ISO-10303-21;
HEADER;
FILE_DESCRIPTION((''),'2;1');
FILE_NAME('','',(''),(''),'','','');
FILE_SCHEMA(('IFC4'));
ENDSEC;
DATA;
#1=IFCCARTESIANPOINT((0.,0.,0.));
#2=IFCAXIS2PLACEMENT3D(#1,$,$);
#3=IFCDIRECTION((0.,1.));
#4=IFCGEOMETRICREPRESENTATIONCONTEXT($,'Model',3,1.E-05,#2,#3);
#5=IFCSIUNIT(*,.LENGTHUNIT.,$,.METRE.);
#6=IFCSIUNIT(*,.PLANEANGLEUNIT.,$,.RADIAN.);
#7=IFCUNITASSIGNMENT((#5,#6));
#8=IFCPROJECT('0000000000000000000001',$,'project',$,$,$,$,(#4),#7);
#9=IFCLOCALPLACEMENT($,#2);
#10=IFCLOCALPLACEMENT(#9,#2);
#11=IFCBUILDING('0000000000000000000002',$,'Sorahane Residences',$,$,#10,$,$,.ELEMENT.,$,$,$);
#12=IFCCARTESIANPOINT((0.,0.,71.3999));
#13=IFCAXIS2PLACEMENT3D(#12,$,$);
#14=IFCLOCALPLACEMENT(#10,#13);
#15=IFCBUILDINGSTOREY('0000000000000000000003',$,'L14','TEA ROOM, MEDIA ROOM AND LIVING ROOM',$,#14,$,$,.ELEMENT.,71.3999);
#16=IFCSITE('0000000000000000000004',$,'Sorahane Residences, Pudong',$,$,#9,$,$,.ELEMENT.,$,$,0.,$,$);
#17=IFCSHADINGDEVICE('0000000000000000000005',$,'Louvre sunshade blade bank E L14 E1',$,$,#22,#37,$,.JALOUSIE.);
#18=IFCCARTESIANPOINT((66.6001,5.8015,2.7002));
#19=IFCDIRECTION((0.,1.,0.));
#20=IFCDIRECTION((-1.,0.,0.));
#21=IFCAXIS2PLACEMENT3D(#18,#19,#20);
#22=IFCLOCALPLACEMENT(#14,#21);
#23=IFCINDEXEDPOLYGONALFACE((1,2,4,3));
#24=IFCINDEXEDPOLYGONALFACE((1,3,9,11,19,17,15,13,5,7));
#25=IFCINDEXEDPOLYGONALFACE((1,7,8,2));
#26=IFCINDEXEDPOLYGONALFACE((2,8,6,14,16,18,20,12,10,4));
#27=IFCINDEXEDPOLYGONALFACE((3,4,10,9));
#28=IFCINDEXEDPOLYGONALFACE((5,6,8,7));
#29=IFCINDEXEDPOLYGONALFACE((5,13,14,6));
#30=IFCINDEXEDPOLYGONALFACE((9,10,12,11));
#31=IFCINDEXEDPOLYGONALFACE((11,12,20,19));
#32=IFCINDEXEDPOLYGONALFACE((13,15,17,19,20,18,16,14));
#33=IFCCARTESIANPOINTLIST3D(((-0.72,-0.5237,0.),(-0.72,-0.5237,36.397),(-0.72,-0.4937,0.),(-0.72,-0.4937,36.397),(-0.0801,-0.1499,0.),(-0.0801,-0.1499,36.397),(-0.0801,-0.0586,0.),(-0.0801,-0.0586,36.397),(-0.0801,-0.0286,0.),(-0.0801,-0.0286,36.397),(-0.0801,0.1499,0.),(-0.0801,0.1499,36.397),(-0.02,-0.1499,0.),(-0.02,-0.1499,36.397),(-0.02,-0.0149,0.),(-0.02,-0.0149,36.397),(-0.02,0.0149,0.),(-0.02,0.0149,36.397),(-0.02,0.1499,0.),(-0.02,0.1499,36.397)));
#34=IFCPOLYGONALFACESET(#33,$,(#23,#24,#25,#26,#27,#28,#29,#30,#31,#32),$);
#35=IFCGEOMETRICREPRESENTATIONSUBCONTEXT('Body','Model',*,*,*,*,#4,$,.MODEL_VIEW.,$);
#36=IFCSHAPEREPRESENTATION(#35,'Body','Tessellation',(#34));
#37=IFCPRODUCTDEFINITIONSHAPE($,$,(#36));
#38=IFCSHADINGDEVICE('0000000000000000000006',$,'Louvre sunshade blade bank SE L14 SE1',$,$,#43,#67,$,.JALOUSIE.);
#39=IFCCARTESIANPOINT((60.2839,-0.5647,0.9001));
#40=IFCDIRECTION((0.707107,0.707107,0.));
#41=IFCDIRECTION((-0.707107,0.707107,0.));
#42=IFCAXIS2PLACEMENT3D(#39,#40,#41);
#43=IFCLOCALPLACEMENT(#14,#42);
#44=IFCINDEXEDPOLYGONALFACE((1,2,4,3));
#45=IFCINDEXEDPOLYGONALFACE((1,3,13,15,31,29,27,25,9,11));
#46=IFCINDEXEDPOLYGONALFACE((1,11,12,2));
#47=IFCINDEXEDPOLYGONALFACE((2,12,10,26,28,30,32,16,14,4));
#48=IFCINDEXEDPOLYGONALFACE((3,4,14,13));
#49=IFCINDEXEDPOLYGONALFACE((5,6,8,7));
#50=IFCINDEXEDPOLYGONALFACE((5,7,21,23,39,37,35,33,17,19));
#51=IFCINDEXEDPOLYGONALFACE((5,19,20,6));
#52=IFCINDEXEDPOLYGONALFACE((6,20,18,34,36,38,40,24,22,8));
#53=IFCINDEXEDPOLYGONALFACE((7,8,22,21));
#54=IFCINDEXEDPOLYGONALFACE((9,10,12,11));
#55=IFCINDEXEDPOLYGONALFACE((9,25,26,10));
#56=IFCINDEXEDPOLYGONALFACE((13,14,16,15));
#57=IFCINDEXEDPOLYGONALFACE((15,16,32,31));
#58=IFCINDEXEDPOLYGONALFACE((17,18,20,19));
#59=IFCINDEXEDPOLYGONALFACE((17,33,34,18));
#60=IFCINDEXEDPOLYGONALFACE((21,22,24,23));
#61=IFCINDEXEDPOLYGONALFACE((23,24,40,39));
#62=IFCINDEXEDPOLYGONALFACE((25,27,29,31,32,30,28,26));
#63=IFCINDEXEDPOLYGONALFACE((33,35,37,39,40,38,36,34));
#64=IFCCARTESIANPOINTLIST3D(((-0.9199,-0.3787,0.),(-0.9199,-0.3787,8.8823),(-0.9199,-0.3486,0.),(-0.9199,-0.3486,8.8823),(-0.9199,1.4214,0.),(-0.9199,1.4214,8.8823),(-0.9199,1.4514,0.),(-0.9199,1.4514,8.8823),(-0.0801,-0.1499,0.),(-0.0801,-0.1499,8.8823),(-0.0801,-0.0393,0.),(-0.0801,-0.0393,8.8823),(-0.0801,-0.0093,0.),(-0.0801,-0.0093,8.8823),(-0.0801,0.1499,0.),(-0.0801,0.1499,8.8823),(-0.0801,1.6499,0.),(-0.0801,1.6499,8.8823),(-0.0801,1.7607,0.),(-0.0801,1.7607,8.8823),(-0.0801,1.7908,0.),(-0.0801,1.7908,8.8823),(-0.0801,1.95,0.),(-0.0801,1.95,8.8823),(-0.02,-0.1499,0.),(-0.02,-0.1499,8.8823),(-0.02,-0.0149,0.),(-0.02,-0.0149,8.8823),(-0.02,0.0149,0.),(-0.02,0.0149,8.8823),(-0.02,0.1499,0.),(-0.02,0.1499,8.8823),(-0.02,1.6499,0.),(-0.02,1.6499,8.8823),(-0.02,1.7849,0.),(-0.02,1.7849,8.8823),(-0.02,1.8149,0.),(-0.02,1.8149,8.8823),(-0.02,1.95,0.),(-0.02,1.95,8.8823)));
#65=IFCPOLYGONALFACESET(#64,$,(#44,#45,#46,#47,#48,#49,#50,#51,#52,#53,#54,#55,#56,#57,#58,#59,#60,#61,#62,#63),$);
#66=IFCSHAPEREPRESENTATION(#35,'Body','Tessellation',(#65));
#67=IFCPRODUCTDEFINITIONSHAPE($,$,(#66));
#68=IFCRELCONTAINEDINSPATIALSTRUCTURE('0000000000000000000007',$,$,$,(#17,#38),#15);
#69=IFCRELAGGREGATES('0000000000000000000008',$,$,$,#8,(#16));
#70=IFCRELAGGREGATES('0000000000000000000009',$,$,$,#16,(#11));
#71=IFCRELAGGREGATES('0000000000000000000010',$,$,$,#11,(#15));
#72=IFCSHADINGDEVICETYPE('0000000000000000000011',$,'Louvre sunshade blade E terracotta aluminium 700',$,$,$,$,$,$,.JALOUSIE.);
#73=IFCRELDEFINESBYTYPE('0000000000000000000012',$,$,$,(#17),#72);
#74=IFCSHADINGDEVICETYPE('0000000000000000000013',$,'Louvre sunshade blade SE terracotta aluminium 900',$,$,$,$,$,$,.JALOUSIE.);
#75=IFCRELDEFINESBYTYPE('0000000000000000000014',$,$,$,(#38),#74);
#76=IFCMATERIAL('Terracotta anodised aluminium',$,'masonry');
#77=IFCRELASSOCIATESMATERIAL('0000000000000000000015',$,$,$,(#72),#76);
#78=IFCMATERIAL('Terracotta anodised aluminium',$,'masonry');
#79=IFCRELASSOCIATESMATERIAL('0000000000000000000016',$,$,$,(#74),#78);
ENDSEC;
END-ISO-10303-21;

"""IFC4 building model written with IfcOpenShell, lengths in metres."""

from ifc_helpers import new_model, si_unit, direction, frame, origin, place, context, subcontext, project, spatial, polyline, outline, composite_profile, extrude, material, type_object, element, save


model = new_model("IFC4")

# Units and contexts
model_context = context("Model", 3, precision=1e-05, world=origin(), true_north=direction((0.0, 1.0)))
body_context = subcontext(model_context, "Body", "Model", "MODEL_VIEW")
ifc_project = project(units=[si_unit("LENGTHUNIT", "METRE"), si_unit("PLANEANGLEUNIT", "RADIAN")], contexts=[model_context])

# Site, building, storey
site_placement = place(None, origin())
site = spatial("IfcSite", under=ifc_project, at=site_placement, Name="Sorahane Residences, Pudong", CompositionType="ELEMENT", RefElevation=0.0)
building_placement = place(site_placement, origin())
building = spatial("IfcBuilding", under=site, at=building_placement, Name="Sorahane Residences", CompositionType="ELEMENT")
storey_placement = place(building_placement, frame((0.0, 0.0, 71.3999)))
storey = spatial("IfcBuildingStorey", under=building, at=storey_placement, Name="L14", Description="TEA ROOM, MEDIA ROOM AND LIVING ROOM", CompositionType="ELEMENT", Elevation=71.3999)

# Shading devices
ifc_material_1 = material(Name="Terracotta anodised aluminium", Category="masonry")
shading_device_type_1 = type_object("IfcShadingDeviceType", Name="Louvre sunshade blade E terracotta aluminium 700", PredefinedType="JALOUSIE", material=ifc_material_1)
shading_device_1_placement = place(storey_placement, frame((66.6001, 5.8015, 2.7002), z_axis=(0.0, 1.0, 0.0), x_axis=(-1.0, 0.0, 0.0)))
element("IfcShadingDevice", 1, at=shading_device_1_placement, inside=storey, type_object=shading_device_type_1, Name="Louvre sunshade blade bank E L14 E1", PredefinedType="JALOUSIE", context=body_context, shape_type="SweptSolid", body=[
    extrude(outline(polyline([(-0.72, -0.4937), (-0.72, -0.5237), (-0.0801, -0.0586), (-0.0801, -0.1499), (-0.02, -0.1499), (-0.02, -0.0149), (-0.02, 0.0149), (-0.02, 0.1499), (-0.0801, 0.1499), (-0.0801, -0.0286), (-0.72, -0.4937)])), origin(), (0.0, 0.0, 1.0), 36.397),
])
ifc_material_2 = material(Name="Terracotta anodised aluminium", Category="masonry")
shading_device_type_2 = type_object("IfcShadingDeviceType", Name="Louvre sunshade blade SE terracotta aluminium 900", PredefinedType="JALOUSIE", material=ifc_material_2)
shading_device_2_placement = place(storey_placement, frame((60.2839, -0.5647, 0.9001), z_axis=(0.707107, 0.707107, 0.0), x_axis=(-0.707107, 0.707107, 0.0)))
element("IfcShadingDevice", 2, at=shading_device_2_placement, inside=storey, type_object=shading_device_type_2, Name="Louvre sunshade blade bank SE L14 SE1", PredefinedType="JALOUSIE", context=body_context, shape_type="SweptSolid", body=[
    extrude(composite_profile([outline(polyline([(-0.9199, -0.3486), (-0.9199, -0.3787), (-0.0801, -0.0393), (-0.0801, -0.1499), (-0.02, -0.1499), (-0.02, -0.0149), (-0.02, 0.0149), (-0.02, 0.1499), (-0.0801, 0.1499), (-0.0801, -0.0093), (-0.9199, -0.3486)])), outline(polyline([(-0.9199, 1.4514), (-0.9199, 1.4214), (-0.0801, 1.7607), (-0.0801, 1.6499), (-0.02, 1.6499), (-0.02, 1.7849), (-0.02, 1.8149), (-0.02, 1.95), (-0.0801, 1.95), (-0.0801, 1.7908), (-0.9199, 1.4514)]))]), origin(), (0.0, 0.0, 1.0), 8.8823),
])

save(model, "model.ifc")
